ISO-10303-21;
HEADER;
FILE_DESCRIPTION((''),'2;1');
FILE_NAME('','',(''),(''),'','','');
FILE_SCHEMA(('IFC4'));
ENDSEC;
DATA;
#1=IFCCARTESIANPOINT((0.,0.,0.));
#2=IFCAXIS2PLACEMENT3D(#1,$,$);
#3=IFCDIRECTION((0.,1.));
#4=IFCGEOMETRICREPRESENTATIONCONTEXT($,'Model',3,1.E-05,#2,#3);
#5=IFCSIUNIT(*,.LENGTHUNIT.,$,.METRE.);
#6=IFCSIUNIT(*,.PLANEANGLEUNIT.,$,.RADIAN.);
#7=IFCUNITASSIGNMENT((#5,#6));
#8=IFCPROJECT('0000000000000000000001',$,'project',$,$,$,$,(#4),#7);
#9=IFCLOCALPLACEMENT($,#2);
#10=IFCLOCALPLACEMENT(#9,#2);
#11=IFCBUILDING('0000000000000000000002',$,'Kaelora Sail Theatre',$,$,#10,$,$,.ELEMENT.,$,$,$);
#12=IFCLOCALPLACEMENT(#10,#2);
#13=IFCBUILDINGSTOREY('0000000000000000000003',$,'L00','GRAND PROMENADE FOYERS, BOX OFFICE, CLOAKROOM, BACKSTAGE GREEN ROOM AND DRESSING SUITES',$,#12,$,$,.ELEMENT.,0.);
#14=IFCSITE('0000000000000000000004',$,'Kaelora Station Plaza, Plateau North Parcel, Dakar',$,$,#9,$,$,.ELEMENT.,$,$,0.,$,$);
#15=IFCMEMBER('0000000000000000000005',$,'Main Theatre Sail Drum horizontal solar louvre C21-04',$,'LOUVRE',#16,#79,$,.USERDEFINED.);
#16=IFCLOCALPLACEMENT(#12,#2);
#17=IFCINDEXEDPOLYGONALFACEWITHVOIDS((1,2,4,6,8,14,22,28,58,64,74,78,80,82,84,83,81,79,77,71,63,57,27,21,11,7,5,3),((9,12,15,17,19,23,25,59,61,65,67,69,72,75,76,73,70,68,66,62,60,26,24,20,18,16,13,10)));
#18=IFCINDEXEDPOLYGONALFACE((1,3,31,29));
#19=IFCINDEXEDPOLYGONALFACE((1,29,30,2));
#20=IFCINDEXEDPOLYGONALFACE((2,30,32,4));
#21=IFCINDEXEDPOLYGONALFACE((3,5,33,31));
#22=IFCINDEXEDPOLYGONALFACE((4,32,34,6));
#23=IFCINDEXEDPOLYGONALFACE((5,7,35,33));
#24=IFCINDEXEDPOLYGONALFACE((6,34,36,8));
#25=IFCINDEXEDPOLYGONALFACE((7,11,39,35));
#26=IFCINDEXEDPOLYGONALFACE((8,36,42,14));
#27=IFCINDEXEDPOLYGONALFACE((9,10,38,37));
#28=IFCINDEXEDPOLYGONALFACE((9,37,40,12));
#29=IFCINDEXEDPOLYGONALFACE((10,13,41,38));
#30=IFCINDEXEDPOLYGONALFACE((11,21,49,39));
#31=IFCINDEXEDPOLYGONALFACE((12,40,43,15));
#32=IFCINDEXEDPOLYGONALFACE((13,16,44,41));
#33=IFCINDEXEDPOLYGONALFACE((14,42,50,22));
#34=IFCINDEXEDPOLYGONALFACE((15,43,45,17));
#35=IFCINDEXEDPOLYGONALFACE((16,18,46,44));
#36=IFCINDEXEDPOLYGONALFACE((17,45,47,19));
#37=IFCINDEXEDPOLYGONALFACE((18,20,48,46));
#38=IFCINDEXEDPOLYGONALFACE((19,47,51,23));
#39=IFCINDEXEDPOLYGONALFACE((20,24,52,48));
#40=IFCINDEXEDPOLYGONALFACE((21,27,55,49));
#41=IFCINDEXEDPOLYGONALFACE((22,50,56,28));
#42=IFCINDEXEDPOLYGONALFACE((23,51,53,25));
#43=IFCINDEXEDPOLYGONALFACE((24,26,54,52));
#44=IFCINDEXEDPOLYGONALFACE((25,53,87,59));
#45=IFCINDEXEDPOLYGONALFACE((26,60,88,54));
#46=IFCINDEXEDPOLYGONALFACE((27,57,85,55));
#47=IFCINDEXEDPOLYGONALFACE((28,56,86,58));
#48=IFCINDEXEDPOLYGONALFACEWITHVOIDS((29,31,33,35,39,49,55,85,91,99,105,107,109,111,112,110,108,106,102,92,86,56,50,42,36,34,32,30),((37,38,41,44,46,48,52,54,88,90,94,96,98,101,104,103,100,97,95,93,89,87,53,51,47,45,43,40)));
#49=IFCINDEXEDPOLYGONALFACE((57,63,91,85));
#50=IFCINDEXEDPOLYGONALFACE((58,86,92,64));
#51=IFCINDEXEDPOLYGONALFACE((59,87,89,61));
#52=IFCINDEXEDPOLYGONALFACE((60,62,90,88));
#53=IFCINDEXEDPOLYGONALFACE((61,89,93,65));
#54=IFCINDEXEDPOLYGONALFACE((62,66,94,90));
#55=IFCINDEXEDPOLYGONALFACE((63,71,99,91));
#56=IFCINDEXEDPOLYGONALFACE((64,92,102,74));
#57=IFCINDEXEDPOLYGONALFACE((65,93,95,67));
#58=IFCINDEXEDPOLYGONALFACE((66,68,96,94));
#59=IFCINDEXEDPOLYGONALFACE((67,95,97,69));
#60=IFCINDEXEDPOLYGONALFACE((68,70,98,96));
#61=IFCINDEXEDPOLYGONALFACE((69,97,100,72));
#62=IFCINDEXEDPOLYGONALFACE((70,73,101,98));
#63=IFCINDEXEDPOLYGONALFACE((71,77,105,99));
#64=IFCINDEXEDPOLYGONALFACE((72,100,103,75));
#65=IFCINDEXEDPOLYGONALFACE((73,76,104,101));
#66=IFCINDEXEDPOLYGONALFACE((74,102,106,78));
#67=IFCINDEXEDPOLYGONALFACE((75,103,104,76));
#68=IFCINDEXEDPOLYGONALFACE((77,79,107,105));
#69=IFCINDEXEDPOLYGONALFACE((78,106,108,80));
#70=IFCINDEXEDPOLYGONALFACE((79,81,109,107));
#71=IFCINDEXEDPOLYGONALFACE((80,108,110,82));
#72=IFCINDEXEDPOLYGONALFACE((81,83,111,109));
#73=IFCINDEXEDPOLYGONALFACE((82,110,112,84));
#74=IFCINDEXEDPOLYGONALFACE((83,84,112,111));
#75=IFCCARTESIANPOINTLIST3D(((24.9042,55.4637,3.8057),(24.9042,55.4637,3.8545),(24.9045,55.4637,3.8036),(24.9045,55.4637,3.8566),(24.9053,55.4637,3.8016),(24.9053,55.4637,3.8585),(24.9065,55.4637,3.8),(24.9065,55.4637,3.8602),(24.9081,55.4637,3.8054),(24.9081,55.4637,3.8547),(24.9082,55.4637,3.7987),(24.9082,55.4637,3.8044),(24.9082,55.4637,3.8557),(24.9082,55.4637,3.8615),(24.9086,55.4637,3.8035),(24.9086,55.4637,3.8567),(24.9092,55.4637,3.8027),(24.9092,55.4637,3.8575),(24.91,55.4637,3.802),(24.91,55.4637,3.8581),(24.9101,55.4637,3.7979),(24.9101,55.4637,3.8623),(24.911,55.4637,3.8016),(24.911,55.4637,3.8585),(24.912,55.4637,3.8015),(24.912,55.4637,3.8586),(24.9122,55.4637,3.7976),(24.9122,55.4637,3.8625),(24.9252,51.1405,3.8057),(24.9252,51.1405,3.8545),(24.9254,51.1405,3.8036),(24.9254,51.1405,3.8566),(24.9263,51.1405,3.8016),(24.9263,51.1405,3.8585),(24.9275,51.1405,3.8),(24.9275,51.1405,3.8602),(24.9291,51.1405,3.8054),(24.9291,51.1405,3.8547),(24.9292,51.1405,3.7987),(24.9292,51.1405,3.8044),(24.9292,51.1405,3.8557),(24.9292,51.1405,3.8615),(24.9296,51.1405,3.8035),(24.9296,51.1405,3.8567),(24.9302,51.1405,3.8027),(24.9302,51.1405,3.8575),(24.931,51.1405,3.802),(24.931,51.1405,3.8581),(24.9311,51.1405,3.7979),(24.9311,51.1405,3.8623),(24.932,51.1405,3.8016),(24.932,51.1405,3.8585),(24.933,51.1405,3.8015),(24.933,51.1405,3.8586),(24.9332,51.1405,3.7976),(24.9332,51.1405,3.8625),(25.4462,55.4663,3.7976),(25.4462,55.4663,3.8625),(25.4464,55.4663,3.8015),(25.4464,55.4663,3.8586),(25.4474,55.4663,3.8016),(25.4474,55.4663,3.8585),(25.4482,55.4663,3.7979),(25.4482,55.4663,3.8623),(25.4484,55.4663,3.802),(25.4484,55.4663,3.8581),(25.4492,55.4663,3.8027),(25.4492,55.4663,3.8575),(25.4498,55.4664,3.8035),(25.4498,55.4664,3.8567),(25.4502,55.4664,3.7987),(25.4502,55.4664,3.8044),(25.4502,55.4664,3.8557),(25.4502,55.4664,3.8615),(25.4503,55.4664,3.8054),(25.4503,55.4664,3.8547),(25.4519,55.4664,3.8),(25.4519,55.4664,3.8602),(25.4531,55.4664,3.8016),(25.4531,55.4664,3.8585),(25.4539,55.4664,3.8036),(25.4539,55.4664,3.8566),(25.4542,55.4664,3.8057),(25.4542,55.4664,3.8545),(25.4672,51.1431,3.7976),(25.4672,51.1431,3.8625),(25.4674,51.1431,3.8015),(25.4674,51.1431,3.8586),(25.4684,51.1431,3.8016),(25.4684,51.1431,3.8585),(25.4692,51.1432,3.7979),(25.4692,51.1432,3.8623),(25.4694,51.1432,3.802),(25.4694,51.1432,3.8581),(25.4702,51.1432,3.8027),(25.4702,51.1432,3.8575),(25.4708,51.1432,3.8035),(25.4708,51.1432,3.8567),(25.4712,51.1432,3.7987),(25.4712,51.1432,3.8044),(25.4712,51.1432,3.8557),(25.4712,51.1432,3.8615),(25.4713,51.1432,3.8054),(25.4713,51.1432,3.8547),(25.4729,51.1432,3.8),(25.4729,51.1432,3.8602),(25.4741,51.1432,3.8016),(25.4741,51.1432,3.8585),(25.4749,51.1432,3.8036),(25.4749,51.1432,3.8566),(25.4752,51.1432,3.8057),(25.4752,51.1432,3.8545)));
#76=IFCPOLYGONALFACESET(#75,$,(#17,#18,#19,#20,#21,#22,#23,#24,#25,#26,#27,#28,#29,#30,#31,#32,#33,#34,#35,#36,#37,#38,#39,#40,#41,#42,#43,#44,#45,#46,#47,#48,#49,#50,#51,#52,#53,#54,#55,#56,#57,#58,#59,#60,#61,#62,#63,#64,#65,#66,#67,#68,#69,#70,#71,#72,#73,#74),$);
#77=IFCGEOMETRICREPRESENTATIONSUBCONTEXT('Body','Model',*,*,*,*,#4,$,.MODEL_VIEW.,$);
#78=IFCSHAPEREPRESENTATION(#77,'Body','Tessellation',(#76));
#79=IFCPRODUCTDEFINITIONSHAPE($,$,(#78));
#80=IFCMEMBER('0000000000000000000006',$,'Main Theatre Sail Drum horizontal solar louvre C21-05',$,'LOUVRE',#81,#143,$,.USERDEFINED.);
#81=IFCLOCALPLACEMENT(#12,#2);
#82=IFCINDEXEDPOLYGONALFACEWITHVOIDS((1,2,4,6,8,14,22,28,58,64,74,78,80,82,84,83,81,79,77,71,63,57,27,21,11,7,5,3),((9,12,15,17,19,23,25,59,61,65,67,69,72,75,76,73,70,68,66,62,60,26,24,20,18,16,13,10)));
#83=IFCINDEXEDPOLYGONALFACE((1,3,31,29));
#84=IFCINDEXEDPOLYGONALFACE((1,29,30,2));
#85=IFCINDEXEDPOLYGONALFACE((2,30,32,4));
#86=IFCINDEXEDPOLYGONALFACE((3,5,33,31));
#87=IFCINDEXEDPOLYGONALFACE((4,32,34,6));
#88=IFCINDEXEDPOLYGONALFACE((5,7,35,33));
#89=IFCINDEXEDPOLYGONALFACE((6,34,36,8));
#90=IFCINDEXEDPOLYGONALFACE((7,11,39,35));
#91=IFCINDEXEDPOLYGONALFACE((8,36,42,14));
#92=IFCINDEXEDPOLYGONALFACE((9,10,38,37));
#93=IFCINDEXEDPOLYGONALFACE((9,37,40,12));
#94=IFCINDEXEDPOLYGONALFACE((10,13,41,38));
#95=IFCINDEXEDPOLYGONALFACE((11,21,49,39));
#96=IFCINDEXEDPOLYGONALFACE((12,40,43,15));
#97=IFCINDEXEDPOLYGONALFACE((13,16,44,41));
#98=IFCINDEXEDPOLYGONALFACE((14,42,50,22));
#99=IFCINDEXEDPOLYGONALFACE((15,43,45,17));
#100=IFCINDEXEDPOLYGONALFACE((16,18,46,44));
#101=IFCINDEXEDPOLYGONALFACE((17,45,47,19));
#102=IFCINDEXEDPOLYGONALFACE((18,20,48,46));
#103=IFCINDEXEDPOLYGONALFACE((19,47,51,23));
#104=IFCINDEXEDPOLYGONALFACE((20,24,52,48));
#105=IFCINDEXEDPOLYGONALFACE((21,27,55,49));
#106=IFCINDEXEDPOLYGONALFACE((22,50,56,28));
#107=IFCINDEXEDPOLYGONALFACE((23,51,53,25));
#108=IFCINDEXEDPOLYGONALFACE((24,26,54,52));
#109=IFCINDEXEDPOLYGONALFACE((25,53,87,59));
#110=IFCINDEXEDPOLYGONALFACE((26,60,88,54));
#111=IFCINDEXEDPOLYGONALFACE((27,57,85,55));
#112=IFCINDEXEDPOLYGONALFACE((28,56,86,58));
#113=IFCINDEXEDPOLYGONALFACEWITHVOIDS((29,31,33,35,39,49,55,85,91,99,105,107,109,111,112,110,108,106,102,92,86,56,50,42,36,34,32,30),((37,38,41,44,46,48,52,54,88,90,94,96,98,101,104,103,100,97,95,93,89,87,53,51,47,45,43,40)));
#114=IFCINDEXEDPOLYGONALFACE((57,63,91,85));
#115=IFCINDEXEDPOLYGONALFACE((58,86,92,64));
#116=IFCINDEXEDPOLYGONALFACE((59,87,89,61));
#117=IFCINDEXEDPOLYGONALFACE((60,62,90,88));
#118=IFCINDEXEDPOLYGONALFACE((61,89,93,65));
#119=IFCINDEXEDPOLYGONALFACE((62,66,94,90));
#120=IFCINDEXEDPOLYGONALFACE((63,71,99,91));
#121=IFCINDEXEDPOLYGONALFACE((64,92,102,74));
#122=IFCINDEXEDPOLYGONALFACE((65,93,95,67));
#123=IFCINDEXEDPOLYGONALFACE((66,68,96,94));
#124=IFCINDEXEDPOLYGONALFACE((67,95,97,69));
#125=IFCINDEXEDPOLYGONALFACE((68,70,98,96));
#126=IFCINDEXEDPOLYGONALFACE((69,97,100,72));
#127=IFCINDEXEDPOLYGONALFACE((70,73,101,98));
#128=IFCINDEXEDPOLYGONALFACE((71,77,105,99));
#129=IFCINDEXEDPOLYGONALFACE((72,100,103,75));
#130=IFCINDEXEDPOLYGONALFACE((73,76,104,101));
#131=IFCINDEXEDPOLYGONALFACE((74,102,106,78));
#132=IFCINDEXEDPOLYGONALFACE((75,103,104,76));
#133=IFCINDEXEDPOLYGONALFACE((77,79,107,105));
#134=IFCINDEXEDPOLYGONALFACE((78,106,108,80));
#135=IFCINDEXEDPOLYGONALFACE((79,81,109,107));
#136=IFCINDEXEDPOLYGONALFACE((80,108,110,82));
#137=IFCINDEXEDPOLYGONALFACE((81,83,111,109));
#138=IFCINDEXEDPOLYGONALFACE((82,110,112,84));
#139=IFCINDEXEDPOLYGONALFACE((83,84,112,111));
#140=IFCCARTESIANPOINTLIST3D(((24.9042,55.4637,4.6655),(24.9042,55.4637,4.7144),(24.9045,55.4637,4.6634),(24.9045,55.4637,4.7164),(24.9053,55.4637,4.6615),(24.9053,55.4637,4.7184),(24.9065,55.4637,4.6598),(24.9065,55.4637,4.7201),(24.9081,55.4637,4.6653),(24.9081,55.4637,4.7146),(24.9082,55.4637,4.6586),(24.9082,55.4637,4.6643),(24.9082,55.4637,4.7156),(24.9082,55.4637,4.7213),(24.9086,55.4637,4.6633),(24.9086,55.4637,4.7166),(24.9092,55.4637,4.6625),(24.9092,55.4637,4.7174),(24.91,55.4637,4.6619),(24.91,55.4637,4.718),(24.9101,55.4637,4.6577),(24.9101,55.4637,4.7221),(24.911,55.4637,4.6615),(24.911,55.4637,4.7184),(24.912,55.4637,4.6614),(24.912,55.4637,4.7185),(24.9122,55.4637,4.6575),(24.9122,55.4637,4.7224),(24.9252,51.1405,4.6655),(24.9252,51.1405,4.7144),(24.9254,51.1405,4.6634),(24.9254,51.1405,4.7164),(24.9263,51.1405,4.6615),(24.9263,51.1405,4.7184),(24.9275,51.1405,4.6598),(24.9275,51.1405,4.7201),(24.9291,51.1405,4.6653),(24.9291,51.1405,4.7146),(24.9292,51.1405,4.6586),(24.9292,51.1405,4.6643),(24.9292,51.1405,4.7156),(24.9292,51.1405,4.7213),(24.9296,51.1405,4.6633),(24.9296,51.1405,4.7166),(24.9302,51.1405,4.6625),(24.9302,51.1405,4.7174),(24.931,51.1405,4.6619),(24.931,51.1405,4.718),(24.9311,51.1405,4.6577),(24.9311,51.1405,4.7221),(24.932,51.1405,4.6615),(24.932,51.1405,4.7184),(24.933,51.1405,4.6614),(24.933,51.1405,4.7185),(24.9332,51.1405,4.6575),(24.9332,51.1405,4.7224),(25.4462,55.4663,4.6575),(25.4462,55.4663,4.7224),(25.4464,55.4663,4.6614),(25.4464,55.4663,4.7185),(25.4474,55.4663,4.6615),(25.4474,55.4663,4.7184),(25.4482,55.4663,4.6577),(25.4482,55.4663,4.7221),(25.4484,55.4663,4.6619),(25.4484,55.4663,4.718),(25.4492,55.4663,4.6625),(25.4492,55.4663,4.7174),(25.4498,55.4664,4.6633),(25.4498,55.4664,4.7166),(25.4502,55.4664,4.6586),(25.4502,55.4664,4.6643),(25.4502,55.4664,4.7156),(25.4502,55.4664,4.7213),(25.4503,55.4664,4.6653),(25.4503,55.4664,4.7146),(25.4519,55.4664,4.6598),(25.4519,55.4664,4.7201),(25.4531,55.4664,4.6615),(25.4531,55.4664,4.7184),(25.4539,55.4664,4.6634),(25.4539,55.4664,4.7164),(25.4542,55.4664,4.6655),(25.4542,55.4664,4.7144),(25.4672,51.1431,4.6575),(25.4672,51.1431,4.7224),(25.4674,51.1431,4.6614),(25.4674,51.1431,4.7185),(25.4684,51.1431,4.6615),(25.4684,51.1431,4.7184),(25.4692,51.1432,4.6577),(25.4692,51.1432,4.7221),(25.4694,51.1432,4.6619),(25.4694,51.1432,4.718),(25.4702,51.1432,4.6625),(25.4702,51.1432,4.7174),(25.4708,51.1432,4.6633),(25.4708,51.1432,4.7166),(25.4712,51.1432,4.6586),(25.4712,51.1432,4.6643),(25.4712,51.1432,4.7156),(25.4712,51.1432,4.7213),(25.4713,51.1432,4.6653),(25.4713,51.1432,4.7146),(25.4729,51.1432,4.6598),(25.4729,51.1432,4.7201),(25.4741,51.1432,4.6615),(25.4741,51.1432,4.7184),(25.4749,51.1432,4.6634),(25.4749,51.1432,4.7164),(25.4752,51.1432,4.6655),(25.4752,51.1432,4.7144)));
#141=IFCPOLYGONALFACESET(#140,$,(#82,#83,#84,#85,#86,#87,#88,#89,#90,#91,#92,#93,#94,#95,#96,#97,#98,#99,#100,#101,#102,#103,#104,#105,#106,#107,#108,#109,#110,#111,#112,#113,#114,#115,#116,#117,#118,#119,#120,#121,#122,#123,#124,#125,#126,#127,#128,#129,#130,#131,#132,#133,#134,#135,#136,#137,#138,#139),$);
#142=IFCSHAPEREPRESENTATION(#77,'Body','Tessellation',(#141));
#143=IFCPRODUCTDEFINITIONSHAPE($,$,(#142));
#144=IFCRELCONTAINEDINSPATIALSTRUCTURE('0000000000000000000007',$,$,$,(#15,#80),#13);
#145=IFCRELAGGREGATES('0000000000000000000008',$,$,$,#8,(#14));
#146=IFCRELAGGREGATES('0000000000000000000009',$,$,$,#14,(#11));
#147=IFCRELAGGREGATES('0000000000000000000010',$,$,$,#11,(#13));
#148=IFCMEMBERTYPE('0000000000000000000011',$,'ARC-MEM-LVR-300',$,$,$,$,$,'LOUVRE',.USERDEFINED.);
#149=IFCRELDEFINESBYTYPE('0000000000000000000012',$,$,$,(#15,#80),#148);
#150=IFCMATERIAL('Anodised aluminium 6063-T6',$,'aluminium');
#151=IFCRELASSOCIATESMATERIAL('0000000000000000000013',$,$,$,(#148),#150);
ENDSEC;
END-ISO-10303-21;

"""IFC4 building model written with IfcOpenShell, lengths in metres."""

from ifc_helpers import new_model, si_unit, direction, frame, origin, origin_2d, place, context, subcontext, project, spatial, hollow_rectangle, extrude, material, material_profile, profile_set, type_object, element, save


model = new_model("IFC4")

# Units and contexts
model_context = context("Model", 3, precision=1e-05, world=origin(), true_north=direction((0.0, 1.0)))
body_context = subcontext(model_context, "Body", "Model", "MODEL_VIEW")
ifc_project = project(units=[si_unit("LENGTHUNIT", "METRE"), si_unit("PLANEANGLEUNIT", "RADIAN")], contexts=[model_context])

# Site, building, storey
site_placement = place(None, origin())
site = spatial("IfcSite", under=ifc_project, at=site_placement, Name="Kaelora Station Plaza, Plateau North Parcel, Dakar", CompositionType="ELEMENT", RefElevation=0.0)
building_placement = place(site_placement, origin())
building = spatial("IfcBuilding", under=site, at=building_placement, Name="Kaelora Sail Theatre", CompositionType="ELEMENT")
storey_placement = place(building_placement, origin())
storey = spatial("IfcBuildingStorey", under=building, at=storey_placement, Name="L00", Description="GRAND PROMENADE FOYERS, BOX OFFICE, CLOAKROOM, BACKSTAGE GREEN ROOM AND DRESSING SUITES", CompositionType="ELEMENT", Elevation=0.0)

# Members
ifc_material_1 = material(Name="Anodised aluminium 6063-T6", Category="aluminium")
ifc_material_profile_1 = material_profile(ifc_material_1, hollow_rectangle(XDim=0.55, YDim=0.0649, WallThickness=0.0039, InnerFilletRadius=0.0039, OuterFilletRadius=0.0081, at=origin_2d()), Name="LOUVRE 550x65x4")
ifc_profile_set_1 = profile_set([ifc_material_profile_1], Name="Anodised aluminium 6063-T6")
member_type_1 = type_object("IfcMemberType", Name="ARC-MEM-LVR-300", ElementType="LOUVRE", PredefinedType="USERDEFINED", material=ifc_profile_set_1)
for number, where, z_axis, x_axis, name in (
    (1, (25.2002, 51.1418, 3.8301), (-0.004857, 0.999988, 0.0), (-0.999988, -0.004857, 0.0), "Main Theatre Sail Drum horizontal solar louvre C21-04"),
    (2, (25.2002, 51.1418, 4.6899), (-0.004857, 0.999988, 0.0), (-0.999988, -0.004857, 0.0), "Main Theatre Sail Drum horizontal solar louvre C21-05"),
):
    element("IfcMember", number, at=place(storey_placement, frame(where, z_axis=z_axis, x_axis=x_axis)), inside=storey, type_object=member_type_1, Name=name, ObjectType="LOUVRE", PredefinedType="USERDEFINED", context=body_context, shape_type="SweptSolid", body=[
        extrude(hollow_rectangle(XDim=0.55, YDim=0.0649, WallThickness=0.0039, InnerFilletRadius=0.0039, OuterFilletRadius=0.0081, at=origin_2d()), origin(), (0.0, 0.0, 1.0), 4.3232),
    ])

save(model, "model.ifc")
